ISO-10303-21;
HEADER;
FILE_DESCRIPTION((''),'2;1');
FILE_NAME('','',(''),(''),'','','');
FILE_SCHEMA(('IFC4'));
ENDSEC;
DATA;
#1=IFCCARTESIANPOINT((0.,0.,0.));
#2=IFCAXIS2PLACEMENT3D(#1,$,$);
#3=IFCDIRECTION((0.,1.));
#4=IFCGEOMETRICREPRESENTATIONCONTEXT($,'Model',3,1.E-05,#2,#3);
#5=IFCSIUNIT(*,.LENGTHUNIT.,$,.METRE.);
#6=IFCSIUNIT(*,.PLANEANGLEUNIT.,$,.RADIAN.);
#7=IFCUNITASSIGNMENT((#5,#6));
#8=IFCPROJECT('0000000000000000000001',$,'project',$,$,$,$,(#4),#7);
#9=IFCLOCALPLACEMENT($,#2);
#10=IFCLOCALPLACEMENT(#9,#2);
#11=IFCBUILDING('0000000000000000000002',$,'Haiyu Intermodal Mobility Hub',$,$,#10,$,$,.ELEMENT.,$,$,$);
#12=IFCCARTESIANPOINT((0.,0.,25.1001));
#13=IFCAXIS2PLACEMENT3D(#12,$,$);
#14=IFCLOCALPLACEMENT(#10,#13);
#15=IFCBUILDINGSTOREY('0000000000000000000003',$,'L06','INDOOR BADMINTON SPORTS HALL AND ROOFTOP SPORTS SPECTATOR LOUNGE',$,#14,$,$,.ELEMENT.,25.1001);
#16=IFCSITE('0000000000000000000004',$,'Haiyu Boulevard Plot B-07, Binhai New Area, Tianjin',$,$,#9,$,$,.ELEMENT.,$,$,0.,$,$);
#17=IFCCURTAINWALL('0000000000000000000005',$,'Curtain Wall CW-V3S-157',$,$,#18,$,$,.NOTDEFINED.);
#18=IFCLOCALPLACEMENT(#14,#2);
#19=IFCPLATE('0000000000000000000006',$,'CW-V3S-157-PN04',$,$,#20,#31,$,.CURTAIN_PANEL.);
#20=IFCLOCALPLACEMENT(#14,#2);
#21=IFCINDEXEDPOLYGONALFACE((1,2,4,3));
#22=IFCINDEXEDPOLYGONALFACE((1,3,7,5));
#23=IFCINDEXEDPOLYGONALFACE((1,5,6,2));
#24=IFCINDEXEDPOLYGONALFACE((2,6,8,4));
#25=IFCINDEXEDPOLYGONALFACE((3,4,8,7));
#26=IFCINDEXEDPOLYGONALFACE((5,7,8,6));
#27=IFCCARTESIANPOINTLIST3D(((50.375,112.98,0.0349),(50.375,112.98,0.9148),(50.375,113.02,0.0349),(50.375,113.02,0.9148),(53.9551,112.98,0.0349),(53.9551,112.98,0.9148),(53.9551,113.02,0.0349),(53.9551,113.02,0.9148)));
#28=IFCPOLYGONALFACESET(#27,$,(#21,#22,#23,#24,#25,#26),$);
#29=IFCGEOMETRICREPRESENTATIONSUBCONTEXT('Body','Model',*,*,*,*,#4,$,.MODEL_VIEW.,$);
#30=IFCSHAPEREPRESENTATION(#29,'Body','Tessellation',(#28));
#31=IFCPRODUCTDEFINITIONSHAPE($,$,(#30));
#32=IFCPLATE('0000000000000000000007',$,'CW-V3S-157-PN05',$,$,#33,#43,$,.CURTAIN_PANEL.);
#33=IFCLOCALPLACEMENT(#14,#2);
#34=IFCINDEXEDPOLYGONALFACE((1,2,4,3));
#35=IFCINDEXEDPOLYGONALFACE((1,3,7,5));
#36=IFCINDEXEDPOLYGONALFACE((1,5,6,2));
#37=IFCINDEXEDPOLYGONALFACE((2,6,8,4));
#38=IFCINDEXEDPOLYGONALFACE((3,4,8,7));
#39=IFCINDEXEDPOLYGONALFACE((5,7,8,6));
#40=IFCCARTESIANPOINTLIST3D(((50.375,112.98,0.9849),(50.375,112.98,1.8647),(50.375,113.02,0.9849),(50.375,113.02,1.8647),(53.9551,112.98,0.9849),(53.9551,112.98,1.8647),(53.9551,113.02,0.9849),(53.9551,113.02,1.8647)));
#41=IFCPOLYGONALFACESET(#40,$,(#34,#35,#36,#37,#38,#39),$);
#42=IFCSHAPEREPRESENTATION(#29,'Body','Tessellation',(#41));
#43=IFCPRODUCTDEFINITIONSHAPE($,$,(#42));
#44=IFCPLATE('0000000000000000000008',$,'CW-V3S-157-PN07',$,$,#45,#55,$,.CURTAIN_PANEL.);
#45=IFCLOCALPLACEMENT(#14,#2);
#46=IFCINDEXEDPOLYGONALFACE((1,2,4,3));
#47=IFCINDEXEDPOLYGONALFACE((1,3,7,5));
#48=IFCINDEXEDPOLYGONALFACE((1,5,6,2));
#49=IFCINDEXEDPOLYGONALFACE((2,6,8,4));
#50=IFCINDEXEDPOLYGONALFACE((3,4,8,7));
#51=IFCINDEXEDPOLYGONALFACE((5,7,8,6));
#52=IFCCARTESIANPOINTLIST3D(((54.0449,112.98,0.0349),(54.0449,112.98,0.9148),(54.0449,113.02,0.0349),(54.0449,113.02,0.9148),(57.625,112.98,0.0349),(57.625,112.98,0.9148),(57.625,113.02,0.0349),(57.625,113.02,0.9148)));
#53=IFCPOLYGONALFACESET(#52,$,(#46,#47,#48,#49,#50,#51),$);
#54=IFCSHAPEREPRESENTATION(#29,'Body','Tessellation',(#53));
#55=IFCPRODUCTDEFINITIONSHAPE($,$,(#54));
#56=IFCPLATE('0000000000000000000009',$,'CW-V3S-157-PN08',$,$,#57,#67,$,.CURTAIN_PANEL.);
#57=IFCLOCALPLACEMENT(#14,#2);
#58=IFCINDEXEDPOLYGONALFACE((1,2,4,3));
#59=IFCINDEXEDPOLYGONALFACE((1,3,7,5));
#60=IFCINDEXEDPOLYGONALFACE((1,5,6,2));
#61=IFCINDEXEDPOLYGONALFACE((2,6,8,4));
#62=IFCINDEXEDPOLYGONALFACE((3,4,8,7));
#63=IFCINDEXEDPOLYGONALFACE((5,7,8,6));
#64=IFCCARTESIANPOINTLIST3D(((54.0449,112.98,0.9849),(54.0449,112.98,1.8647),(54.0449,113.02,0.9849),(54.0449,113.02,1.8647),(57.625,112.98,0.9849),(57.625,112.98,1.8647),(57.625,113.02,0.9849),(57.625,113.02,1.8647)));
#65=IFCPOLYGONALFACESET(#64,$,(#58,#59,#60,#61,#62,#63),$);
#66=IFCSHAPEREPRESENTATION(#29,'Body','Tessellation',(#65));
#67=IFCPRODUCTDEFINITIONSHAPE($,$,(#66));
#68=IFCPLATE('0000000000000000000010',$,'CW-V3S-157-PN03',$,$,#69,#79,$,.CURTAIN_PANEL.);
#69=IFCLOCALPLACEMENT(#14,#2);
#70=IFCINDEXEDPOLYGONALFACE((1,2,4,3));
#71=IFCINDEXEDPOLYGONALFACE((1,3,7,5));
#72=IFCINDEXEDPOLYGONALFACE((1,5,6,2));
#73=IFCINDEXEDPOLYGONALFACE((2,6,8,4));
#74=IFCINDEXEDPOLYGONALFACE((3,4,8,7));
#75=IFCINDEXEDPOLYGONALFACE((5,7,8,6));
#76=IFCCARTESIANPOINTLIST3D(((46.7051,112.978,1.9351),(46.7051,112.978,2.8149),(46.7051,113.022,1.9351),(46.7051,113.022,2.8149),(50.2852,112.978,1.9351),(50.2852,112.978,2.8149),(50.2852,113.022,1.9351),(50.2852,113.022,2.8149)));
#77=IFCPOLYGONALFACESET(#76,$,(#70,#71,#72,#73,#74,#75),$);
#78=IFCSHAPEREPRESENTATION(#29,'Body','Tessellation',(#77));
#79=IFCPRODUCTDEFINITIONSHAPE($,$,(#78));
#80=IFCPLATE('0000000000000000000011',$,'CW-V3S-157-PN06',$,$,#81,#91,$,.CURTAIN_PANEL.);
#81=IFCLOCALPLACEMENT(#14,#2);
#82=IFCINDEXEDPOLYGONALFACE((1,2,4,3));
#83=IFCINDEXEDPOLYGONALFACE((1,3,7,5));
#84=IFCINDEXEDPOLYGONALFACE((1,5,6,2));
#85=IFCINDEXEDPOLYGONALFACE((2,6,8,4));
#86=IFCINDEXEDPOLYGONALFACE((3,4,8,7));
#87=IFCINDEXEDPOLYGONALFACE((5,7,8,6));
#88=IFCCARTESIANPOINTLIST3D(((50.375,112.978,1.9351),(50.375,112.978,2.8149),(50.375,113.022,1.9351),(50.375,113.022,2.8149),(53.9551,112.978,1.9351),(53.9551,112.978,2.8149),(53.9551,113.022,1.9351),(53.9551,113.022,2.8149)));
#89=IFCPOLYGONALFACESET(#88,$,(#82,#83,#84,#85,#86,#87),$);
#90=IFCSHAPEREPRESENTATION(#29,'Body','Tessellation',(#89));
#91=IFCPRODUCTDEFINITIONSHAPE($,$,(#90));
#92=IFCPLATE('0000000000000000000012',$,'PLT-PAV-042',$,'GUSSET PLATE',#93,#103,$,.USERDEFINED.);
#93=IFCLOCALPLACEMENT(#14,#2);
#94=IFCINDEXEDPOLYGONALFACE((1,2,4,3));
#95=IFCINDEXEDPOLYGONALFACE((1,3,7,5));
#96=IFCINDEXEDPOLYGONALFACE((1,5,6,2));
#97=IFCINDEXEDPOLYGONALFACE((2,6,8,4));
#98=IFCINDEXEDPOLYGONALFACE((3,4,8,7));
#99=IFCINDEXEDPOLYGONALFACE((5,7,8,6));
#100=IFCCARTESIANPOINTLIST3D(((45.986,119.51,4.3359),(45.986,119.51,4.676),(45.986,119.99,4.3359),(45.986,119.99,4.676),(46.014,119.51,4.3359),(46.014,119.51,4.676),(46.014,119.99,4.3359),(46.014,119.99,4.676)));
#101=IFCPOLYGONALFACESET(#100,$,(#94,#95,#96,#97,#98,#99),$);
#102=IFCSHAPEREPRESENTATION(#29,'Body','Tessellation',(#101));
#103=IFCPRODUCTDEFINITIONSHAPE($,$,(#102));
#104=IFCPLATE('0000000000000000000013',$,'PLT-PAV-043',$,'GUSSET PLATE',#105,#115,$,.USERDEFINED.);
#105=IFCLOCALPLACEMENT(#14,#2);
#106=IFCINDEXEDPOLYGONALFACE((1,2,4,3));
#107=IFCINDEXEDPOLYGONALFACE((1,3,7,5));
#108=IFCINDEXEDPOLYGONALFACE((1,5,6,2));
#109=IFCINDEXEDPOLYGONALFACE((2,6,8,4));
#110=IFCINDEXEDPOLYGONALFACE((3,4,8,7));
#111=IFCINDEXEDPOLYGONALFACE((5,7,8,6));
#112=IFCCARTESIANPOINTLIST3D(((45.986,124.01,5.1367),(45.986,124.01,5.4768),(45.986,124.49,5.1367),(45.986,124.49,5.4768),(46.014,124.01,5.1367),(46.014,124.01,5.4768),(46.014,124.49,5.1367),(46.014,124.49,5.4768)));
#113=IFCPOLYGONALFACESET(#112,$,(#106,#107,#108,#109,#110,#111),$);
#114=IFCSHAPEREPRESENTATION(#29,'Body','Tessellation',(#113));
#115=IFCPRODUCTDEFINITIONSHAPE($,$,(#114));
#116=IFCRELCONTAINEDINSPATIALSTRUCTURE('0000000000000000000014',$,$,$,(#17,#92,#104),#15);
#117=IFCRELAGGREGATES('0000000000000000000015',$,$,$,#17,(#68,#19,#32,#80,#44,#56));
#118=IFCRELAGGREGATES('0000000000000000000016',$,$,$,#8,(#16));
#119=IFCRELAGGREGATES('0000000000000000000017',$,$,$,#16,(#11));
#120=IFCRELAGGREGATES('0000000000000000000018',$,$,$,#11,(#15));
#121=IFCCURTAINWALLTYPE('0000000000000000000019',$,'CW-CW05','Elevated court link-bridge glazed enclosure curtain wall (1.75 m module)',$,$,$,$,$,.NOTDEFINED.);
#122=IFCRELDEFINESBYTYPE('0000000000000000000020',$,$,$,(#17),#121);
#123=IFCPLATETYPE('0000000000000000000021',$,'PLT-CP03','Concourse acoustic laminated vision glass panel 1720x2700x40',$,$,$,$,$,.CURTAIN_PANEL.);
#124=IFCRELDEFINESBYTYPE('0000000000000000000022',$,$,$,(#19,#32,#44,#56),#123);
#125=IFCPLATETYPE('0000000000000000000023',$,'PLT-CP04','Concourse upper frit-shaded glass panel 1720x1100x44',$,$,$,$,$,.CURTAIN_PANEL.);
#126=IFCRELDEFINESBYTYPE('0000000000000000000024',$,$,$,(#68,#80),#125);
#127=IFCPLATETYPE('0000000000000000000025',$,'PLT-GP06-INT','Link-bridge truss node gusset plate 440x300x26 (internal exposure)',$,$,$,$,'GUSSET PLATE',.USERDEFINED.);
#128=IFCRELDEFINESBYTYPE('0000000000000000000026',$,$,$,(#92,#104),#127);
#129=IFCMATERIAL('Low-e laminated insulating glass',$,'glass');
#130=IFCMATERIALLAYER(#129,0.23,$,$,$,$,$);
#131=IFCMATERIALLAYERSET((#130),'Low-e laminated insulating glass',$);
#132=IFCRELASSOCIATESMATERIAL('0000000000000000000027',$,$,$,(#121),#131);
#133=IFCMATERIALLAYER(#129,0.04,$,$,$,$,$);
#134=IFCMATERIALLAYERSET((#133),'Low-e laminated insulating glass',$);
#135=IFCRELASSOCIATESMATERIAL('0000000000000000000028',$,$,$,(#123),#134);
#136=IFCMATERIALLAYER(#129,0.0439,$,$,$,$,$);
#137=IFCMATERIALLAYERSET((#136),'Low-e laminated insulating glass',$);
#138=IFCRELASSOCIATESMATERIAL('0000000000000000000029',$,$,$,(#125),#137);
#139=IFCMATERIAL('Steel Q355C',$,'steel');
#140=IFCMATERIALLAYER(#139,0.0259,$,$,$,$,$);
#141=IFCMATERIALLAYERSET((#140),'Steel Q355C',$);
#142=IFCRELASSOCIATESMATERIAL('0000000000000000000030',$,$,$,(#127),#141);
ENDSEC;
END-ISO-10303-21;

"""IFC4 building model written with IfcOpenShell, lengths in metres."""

from ifc_helpers import new_model, si_unit, direction, frame, origin, origin_2d, place, context, subcontext, project, spatial, rectangle, extrude, material, layer, layer_set, type_object, element, aggregate, save


model = new_model("IFC4")

# Units and contexts
model_context = context("Model", 3, precision=1e-05, world=origin(), true_north=direction((0.0, 1.0)))
body_context = subcontext(model_context, "Body", "Model", "MODEL_VIEW")
ifc_project = project(units=[si_unit("LENGTHUNIT", "METRE"), si_unit("PLANEANGLEUNIT", "RADIAN")], contexts=[model_context])

# Site, building, storey
site_placement = place(None, origin())
site = spatial("IfcSite", under=ifc_project, at=site_placement, Name="Haiyu Boulevard Plot B-07, Binhai New Area, Tianjin", CompositionType="ELEMENT", RefElevation=0.0)
building_placement = place(site_placement, origin())
building = spatial("IfcBuilding", under=site, at=building_placement, Name="Haiyu Intermodal Mobility Hub", CompositionType="ELEMENT")
storey_placement = place(building_placement, frame((0.0, 0.0, 25.1001)))
storey = spatial("IfcBuildingStorey", under=building, at=storey_placement, Name="L06", Description="INDOOR BADMINTON SPORTS HALL AND ROOFTOP SPORTS SPECTATOR LOUNGE", CompositionType="ELEMENT", Elevation=25.1001)

# Shared definitions
ifc_material_1 = material(Name="Steel Q355C", Category="steel")

# Curtain wall
ifc_material_2 = material(Name="Low-e laminated insulating glass", Category="glass")
ifc_layer_1 = layer(ifc_material_2, 0.23)
ifc_layer_set_1 = layer_set([ifc_layer_1], Name="Low-e laminated insulating glass")
curtain_wall_type = type_object("IfcCurtainWallType", Name="CW-CW05", Description="Elevated court link-bridge glazed enclosure curtain wall (1.75 m module)", PredefinedType="NOTDEFINED", material=ifc_layer_set_1)
curtain_wall_placement = place(storey_placement, origin())
curtain_wall = element("IfcCurtainWall", 1, at=curtain_wall_placement, inside=storey, type_object=curtain_wall_type, Name="Curtain Wall CW-V3S-157", PredefinedType="NOTDEFINED")

# Plates
ifc_layer_2 = layer(ifc_material_2, 0.04)
ifc_layer_set_2 = layer_set([ifc_layer_2], Name="Low-e laminated insulating glass")
plate_type_1 = type_object("IfcPlateType", Name="PLT-CP03", Description="Concourse acoustic laminated vision glass panel 1720x2700x40", PredefinedType="CURTAIN_PANEL", material=ifc_layer_set_2)
plate_1_placement = place(storey_placement, frame((52.165, 113.0, 0.0349), z_axis=(0.0, 0.0, 1.0), x_axis=(1.0, 0.0, 0.0)))
plate_1 = element("IfcPlate", 2, at=plate_1_placement, type_object=plate_type_1, Name="CW-V3S-157-PN04", PredefinedType="CURTAIN_PANEL", context=body_context, shape_type="SweptSolid", body=[
    extrude(rectangle(XDim=3.5801, YDim=0.04, at=origin_2d()), origin(), (0.0, 0.0, 1.0), 0.8799),
])
plate_2_placement = place(storey_placement, frame((52.165, 113.0, 0.9849), z_axis=(0.0, 0.0, 1.0), x_axis=(1.0, 0.0, 0.0)))
plate_2 = element("IfcPlate", 3, at=plate_2_placement, type_object=plate_type_1, Name="CW-V3S-157-PN05", PredefinedType="CURTAIN_PANEL", context=body_context, shape_type="SweptSolid", body=[
    extrude(rectangle(XDim=3.5801, YDim=0.04, at=origin_2d()), origin(), (0.0, 0.0, 1.0), 0.8799),
])
plate_3_placement = place(storey_placement, frame((55.835, 113.0, 0.0349), z_axis=(0.0, 0.0, 1.0), x_axis=(1.0, 0.0, 0.0)))
plate_3 = element("IfcPlate", 4, at=plate_3_placement, type_object=plate_type_1, Name="CW-V3S-157-PN07", PredefinedType="CURTAIN_PANEL", context=body_context, shape_type="SweptSolid", body=[
    extrude(rectangle(XDim=3.5801, YDim=0.04, at=origin_2d()), origin(), (0.0, 0.0, 1.0), 0.8799),
])
plate_4_placement = place(storey_placement, frame((55.835, 113.0, 0.9849), z_axis=(0.0, 0.0, 1.0), x_axis=(1.0, 0.0, 0.0)))
plate_4 = element("IfcPlate", 5, at=plate_4_placement, type_object=plate_type_1, Name="CW-V3S-157-PN08", PredefinedType="CURTAIN_PANEL", context=body_context, shape_type="SweptSolid", body=[
    extrude(rectangle(XDim=3.5801, YDim=0.04, at=origin_2d()), origin(), (0.0, 0.0, 1.0), 0.8799),
])
ifc_layer_3 = layer(ifc_material_2, 0.0439)
ifc_layer_set_3 = layer_set([ifc_layer_3], Name="Low-e laminated insulating glass")
plate_type_2 = type_object("IfcPlateType", Name="PLT-CP04", Description="Concourse upper frit-shaded glass panel 1720x1100x44", PredefinedType="CURTAIN_PANEL", material=ifc_layer_set_3)
plate_5_placement = place(storey_placement, frame((48.4951, 113.0, 1.9351), z_axis=(0.0, 0.0, 1.0), x_axis=(1.0, 0.0, 0.0)))
plate_5 = element("IfcPlate", 6, at=plate_5_placement, type_object=plate_type_2, Name="CW-V3S-157-PN03", PredefinedType="CURTAIN_PANEL", context=body_context, shape_type="SweptSolid", body=[
    extrude(rectangle(XDim=3.5801, YDim=0.0439, at=origin_2d()), origin(), (0.0, 0.0, 1.0), 0.8799),
])
plate_6_placement = place(storey_placement, frame((52.165, 113.0, 1.9351), z_axis=(0.0, 0.0, 1.0), x_axis=(1.0, 0.0, 0.0)))
plate_6 = element("IfcPlate", 7, at=plate_6_placement, type_object=plate_type_2, Name="CW-V3S-157-PN06", PredefinedType="CURTAIN_PANEL", context=body_context, shape_type="SweptSolid", body=[
    extrude(rectangle(XDim=3.5801, YDim=0.0439, at=origin_2d()), origin(), (0.0, 0.0, 1.0), 0.8799),
])
aggregate(curtain_wall, [plate_5, plate_1, plate_2, plate_6, plate_3, plate_4])

# Plates
ifc_layer_4 = layer(ifc_material_1, 0.0259)
ifc_layer_set_4 = layer_set([ifc_layer_4], Name="Steel Q355C")
plate_type_3 = type_object("IfcPlateType", Name="PLT-GP06-INT", Description="Link-bridge truss node gusset plate 440x300x26 (internal exposure)", ElementType="GUSSET PLATE", PredefinedType="USERDEFINED", material=ifc_layer_set_4)
for number, where, z_axis, x_axis, name in (
    (8, (46.0, 119.75, 4.3359), (0.0, 0.0, 1.0), (1.0, 0.0, 0.0), "PLT-PAV-042"),
    (9, (46.0, 124.25, 5.1367), (0.0, 0.0, 1.0), (1.0, 0.0, 0.0), "PLT-PAV-043"),
):
    element("IfcPlate", number, at=place(storey_placement, frame(where, z_axis=z_axis, x_axis=x_axis)), inside=storey, type_object=plate_type_3, Name=name, ObjectType="GUSSET PLATE", PredefinedType="USERDEFINED", context=body_context, shape_type="SweptSolid", body=[
        extrude(rectangle(XDim=0.0281, YDim=0.48, at=origin_2d()), origin(), (0.0, 0.0, 1.0), 0.3401),
    ])

save(model, "model.ifc")
